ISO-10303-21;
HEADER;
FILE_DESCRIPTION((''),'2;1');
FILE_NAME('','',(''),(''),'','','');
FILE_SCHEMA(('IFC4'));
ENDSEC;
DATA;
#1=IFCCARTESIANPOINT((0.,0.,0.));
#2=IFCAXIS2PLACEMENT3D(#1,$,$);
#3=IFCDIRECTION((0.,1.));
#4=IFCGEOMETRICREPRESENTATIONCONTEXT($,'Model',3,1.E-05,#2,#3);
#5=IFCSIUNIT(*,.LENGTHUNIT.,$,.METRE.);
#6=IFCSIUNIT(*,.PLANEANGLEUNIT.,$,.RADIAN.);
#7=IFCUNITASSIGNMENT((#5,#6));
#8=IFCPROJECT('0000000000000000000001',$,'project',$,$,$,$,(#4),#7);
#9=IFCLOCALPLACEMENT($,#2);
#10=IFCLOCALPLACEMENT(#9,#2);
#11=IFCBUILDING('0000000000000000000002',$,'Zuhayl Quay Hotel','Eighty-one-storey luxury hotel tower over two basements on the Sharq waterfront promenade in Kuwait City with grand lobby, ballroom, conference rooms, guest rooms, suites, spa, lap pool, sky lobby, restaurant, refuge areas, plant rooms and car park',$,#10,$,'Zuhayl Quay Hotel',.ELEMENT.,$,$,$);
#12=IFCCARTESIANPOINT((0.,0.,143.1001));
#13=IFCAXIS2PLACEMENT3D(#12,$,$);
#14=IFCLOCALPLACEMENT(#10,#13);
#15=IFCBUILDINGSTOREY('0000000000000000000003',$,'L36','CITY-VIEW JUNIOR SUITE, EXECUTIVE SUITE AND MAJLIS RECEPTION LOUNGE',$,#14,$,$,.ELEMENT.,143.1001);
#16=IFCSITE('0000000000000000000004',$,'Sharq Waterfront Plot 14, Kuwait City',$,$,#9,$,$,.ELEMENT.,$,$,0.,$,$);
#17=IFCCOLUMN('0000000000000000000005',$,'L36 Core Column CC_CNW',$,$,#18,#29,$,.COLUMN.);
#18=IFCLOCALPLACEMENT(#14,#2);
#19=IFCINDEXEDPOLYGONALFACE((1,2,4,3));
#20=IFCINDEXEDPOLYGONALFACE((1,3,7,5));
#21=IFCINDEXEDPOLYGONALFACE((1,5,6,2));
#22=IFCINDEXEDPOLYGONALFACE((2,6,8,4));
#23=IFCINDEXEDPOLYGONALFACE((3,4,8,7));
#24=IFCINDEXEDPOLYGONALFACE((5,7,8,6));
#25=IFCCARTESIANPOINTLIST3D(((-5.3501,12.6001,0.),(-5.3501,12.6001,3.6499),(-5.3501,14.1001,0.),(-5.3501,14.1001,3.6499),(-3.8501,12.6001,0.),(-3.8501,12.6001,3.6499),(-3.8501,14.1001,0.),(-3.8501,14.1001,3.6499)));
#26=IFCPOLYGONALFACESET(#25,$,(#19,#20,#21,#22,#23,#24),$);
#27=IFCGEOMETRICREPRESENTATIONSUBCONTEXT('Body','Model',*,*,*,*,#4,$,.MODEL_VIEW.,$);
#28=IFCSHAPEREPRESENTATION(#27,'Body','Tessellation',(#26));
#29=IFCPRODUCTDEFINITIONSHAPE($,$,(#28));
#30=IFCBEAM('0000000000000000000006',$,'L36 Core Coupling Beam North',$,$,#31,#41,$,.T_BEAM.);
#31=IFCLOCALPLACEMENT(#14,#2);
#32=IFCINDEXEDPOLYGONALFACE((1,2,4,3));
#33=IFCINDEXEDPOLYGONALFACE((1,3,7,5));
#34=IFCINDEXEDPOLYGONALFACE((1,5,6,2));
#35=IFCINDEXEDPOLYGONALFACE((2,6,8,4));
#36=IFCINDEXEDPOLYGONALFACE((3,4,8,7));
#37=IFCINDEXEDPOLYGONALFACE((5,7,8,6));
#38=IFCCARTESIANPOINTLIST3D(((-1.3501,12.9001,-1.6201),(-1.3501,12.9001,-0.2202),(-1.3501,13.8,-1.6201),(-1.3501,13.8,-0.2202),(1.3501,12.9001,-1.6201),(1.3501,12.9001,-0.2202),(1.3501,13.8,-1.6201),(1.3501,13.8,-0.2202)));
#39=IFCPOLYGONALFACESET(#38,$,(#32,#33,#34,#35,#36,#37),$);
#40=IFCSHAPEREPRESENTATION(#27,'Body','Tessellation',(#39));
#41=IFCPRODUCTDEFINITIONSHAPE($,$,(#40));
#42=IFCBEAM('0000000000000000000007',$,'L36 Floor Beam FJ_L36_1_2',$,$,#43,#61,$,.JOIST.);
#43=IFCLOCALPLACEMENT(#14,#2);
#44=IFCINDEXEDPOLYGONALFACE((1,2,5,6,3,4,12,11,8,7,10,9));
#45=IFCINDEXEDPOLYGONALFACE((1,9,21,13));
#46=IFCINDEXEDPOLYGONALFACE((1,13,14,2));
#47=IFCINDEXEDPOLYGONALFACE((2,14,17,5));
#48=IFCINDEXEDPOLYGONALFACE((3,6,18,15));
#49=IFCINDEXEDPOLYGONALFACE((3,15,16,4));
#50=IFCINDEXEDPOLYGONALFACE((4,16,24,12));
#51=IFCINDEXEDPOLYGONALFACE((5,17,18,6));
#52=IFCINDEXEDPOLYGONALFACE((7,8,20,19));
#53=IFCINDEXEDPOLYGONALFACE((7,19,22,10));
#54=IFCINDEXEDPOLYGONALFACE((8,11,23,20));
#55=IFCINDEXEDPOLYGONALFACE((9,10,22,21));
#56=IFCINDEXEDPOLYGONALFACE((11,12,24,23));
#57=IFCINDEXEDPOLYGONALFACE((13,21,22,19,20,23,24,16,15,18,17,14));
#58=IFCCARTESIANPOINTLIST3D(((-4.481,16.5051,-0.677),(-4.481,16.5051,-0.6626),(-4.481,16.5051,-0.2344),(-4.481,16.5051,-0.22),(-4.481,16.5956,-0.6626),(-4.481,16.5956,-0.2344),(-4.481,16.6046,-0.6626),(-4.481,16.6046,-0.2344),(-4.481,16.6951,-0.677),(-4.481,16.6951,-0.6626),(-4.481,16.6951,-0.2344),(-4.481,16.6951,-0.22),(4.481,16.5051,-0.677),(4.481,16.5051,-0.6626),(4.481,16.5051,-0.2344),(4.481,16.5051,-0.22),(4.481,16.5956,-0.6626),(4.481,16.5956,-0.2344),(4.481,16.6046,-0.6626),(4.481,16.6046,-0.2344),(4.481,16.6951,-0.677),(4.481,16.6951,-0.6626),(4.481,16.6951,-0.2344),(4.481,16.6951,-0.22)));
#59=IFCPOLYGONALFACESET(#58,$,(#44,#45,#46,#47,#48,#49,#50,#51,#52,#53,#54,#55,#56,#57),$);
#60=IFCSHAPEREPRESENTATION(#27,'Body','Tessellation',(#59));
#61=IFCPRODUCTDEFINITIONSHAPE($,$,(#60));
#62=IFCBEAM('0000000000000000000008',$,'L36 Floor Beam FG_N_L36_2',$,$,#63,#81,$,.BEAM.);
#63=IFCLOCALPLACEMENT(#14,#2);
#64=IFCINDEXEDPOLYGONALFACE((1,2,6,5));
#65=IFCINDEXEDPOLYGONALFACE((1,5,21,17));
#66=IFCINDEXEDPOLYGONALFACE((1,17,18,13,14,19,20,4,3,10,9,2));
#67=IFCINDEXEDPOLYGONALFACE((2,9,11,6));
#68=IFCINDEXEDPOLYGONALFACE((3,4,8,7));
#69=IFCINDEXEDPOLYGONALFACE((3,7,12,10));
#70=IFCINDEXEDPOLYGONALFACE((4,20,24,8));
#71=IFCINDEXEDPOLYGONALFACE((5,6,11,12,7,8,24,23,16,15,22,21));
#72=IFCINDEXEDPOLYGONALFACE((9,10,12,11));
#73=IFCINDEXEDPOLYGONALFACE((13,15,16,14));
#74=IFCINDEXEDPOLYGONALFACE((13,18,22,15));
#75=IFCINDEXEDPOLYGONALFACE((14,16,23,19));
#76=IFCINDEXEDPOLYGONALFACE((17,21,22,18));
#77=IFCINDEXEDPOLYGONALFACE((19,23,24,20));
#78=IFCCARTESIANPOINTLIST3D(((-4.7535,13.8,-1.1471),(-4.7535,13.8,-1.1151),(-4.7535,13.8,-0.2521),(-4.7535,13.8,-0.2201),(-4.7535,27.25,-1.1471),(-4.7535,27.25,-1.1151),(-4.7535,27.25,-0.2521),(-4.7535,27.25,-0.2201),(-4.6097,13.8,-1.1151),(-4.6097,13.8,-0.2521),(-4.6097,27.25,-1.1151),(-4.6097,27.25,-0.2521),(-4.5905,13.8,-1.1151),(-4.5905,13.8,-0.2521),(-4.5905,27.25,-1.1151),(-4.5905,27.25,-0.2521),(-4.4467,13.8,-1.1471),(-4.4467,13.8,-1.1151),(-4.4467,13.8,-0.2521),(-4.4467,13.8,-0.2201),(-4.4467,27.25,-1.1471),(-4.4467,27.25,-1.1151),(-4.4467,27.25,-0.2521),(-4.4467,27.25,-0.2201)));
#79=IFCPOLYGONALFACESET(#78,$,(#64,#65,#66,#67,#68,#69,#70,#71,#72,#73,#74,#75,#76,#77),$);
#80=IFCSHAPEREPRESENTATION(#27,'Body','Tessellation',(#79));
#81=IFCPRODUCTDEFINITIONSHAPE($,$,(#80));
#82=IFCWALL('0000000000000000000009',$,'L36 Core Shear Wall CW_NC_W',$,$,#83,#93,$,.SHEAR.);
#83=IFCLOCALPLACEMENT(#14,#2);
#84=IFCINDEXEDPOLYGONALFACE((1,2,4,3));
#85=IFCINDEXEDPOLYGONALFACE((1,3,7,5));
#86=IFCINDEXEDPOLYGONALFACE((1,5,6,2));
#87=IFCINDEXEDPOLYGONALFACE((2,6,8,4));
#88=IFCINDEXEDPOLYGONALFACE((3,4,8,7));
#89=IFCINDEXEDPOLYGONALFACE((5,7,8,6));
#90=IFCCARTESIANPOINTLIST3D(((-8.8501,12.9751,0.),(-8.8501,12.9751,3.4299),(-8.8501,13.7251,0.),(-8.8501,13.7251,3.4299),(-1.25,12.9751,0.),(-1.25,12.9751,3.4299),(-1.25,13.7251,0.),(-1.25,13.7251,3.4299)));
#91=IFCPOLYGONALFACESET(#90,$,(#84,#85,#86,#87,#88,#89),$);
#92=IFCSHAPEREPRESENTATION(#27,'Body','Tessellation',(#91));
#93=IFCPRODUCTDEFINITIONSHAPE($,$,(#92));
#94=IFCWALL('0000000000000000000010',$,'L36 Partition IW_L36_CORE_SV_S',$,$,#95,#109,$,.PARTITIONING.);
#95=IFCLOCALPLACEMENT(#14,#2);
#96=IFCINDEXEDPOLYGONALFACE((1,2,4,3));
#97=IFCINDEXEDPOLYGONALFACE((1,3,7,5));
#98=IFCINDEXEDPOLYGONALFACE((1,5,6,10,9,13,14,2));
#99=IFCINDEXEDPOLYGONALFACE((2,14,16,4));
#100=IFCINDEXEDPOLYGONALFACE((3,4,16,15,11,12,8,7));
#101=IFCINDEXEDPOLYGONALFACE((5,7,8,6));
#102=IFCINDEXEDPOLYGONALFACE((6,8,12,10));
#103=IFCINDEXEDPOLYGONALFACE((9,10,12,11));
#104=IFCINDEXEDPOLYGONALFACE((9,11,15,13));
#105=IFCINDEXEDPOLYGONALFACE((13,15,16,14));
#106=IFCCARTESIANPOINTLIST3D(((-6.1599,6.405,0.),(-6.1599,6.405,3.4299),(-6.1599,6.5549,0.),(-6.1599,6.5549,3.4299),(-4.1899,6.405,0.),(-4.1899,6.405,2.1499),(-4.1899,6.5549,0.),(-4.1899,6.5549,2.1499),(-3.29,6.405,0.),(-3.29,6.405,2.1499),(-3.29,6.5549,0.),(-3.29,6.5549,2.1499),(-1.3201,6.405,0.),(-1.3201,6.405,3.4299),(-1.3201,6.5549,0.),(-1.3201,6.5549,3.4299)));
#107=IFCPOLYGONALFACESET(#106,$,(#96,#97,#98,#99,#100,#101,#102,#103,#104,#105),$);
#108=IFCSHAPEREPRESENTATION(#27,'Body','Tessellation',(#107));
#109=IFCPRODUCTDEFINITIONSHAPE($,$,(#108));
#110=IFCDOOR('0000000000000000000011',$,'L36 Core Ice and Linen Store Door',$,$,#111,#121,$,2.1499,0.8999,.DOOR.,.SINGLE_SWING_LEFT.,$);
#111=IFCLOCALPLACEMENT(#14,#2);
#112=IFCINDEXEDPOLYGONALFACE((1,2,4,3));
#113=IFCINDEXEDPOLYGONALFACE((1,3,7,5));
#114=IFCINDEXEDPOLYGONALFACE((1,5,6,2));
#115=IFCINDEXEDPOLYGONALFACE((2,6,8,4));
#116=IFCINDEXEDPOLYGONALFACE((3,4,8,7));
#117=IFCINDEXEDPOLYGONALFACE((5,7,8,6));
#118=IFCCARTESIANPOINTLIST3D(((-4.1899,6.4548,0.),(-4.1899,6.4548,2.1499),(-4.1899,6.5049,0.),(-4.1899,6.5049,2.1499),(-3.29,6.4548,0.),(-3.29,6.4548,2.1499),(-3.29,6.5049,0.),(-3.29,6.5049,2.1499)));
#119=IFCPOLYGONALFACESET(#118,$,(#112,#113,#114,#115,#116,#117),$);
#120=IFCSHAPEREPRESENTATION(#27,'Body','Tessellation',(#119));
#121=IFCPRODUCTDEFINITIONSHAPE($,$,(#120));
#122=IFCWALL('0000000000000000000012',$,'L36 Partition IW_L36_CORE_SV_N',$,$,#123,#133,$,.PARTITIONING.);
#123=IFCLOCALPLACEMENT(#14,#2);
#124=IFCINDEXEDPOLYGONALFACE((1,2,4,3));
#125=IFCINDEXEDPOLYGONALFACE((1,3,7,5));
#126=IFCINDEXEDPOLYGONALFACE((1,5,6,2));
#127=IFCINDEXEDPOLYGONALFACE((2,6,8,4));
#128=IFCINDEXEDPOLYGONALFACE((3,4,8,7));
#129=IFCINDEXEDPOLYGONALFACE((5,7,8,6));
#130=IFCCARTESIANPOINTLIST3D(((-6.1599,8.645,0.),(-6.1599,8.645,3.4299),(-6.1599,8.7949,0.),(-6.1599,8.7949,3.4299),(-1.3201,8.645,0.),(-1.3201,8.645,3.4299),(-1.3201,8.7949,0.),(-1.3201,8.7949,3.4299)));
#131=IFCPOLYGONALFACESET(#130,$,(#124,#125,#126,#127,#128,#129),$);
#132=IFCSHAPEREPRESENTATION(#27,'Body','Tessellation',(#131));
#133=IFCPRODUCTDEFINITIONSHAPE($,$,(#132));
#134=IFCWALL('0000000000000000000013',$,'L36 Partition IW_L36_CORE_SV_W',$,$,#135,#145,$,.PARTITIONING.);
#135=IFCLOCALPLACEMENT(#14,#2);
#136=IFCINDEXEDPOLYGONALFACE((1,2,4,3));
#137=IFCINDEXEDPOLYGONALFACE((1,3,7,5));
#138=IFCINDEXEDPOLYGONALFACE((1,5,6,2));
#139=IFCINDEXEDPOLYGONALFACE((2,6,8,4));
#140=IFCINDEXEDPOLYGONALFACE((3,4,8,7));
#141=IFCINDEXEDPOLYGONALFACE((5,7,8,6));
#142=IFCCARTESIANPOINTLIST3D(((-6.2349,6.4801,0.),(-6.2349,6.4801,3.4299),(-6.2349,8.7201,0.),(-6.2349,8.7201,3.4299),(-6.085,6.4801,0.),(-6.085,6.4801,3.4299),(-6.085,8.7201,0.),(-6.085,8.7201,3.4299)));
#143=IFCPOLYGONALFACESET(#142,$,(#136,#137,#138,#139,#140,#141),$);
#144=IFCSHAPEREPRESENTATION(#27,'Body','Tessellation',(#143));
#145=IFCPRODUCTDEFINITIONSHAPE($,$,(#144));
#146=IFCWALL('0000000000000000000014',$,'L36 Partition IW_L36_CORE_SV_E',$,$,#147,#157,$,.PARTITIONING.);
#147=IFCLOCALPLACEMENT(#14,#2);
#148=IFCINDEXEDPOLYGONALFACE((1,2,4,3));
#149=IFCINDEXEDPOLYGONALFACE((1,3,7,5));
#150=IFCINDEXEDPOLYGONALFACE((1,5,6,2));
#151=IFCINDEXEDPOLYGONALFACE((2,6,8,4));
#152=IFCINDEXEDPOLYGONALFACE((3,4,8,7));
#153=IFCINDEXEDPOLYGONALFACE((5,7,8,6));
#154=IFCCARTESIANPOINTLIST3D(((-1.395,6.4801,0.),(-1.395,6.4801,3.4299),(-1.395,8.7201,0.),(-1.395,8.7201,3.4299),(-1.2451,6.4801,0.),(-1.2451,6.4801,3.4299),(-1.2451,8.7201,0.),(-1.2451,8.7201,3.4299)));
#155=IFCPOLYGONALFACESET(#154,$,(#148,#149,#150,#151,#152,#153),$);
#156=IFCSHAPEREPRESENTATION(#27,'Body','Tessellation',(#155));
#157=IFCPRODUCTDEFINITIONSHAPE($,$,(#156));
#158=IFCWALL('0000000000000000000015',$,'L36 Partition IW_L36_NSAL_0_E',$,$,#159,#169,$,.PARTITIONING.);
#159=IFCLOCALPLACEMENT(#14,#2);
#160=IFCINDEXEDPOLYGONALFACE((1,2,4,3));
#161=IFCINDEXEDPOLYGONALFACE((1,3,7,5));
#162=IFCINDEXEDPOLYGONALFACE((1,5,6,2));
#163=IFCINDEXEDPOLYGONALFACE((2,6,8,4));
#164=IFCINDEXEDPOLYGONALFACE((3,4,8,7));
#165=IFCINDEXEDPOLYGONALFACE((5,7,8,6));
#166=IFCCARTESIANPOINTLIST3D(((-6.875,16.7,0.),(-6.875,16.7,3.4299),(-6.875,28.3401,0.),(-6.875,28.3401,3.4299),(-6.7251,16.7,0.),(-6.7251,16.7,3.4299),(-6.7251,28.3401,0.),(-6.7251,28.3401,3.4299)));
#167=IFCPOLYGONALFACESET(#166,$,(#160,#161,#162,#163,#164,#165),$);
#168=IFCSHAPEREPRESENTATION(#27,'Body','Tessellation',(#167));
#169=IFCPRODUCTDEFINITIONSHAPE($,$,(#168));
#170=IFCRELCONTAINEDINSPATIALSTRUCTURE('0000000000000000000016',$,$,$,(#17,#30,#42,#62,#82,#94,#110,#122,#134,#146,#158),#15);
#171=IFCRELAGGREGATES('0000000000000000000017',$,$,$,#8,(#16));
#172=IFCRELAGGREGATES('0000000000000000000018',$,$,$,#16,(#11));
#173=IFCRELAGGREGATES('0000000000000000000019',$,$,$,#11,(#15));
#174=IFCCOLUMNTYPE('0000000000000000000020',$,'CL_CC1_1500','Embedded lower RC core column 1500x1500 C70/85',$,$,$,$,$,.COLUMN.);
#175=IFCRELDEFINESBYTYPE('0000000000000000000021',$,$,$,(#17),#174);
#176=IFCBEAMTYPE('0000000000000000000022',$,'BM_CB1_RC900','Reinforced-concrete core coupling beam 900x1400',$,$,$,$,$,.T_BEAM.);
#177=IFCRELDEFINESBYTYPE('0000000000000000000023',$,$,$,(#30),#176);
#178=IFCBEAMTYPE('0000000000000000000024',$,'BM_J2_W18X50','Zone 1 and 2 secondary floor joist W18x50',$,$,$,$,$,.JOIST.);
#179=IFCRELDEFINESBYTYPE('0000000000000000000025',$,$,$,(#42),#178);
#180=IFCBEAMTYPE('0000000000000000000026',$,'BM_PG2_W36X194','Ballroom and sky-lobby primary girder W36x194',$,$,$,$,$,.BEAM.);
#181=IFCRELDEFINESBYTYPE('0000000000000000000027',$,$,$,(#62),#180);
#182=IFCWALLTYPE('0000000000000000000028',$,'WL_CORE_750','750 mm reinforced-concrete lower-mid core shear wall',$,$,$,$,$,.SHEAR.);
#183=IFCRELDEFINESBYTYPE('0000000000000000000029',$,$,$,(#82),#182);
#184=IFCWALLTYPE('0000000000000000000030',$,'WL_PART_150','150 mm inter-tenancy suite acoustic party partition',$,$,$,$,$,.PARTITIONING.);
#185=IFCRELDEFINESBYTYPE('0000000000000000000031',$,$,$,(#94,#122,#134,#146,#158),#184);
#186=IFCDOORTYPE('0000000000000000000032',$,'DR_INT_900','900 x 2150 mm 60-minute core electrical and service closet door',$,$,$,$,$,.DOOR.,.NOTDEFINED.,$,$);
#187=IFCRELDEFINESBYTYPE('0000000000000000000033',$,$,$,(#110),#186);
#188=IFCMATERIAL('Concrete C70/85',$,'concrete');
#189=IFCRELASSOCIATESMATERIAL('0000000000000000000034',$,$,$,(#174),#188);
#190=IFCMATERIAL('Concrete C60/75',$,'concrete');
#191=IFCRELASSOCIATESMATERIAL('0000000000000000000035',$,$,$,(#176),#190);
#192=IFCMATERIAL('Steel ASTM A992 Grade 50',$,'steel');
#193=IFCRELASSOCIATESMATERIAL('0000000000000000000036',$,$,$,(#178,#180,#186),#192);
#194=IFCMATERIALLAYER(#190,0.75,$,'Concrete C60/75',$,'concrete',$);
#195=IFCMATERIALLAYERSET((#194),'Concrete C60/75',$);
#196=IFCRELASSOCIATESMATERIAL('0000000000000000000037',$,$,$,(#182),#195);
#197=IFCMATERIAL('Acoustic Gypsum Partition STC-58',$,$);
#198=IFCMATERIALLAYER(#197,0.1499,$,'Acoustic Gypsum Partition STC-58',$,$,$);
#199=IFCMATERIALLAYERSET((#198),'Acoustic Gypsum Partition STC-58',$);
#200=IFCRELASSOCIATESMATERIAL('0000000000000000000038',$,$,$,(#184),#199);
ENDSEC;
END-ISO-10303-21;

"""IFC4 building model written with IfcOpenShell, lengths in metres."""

from ifc_helpers import new_model, si_unit, direction, frame, frame_2d, origin, origin_2d, place, context, subcontext, project, spatial, rectangle, i_section, extrude, material, layer, layer_set, material_profile, profile_set, type_object, element, fill, save


model = new_model("IFC4")

# Units and contexts
model_context = context("Model", 3, precision=1e-05, world=origin(), true_north=direction((0.0, 1.0)))
body_context = subcontext(model_context, "Body", "Model", "MODEL_VIEW")
ifc_project = project(units=[si_unit("LENGTHUNIT", "METRE"), si_unit("PLANEANGLEUNIT", "RADIAN")], contexts=[model_context])

# Site, building, storey
site_placement = place(None, origin())
site = spatial("IfcSite", under=ifc_project, at=site_placement, Name="Sharq Waterfront Plot 14, Kuwait City", CompositionType="ELEMENT", RefElevation=0.0)
building_placement = place(site_placement, origin())
building = spatial("IfcBuilding", under=site, at=building_placement, Name="Zuhayl Quay Hotel", Description="Eighty-one-storey luxury hotel tower over two basements on the Sharq waterfront promenade in Kuwait City with grand lobby, ballroom, conference rooms, guest rooms, suites, spa, lap pool, sky lobby, restaurant, refuge areas, plant rooms and car park", LongName="Zuhayl Quay Hotel", CompositionType="ELEMENT")
storey_placement = place(building_placement, frame((0.0, 0.0, 143.1001)))
storey = spatial("IfcBuildingStorey", under=building, at=storey_placement, Name="L36", Description="CITY-VIEW JUNIOR SUITE, EXECUTIVE SUITE AND MAJLIS RECEPTION LOUNGE", CompositionType="ELEMENT", Elevation=143.1001)

# Column
ifc_material_1 = material(Name="Concrete C70/85", Category="concrete")
ifc_material_profile_1 = material_profile(ifc_material_1, rectangle(XDim=1.5, YDim=1.5, at=origin_2d()), Name="RC1500X1500")
ifc_profile_set_1 = profile_set([ifc_material_profile_1], Name="Concrete C70/85")
column_type = type_object("IfcColumnType", Name="CL_CC1_1500", Description="Embedded lower RC core column 1500x1500 C70/85", PredefinedType="COLUMN", material=ifc_profile_set_1)
column_placement = place(storey_placement, frame((-4.6001, 13.3501, 0.0), z_axis=(0.0, 0.0, 1.0), x_axis=(1.0, 0.0, 0.0)))
element("IfcColumn", 1, at=column_placement, inside=storey, type_object=column_type, Name="L36 Core Column CC_CNW", PredefinedType="COLUMN", context=body_context, shape_type="SweptSolid", body=[
    extrude(rectangle(XDim=1.5, YDim=1.5, at=origin_2d()), origin(), (0.0, 0.0, 1.0), 3.6499),
])

# Beams
ifc_material_2 = material(Name="Concrete C60/75", Category="concrete")
ifc_material_profile_2 = material_profile(ifc_material_2, rectangle(XDim=0.8999, YDim=1.3999, at=origin_2d()), Name="RC900X1400")
ifc_profile_set_2 = profile_set([ifc_material_profile_2], Name="Concrete C60/75")
beam_type_1 = type_object("IfcBeamType", Name="BM_CB1_RC900", Description="Reinforced-concrete core coupling beam 900x1400", PredefinedType="T_BEAM", material=ifc_profile_set_2)
beam_1_placement = place(storey_placement, frame((-1.3501, 13.3501, -0.9202), z_axis=(1.0, 0.0, 0.0), x_axis=(0.0, 1.0, 0.0)))
element("IfcBeam", 2, at=beam_1_placement, inside=storey, type_object=beam_type_1, Name="L36 Core Coupling Beam North", PredefinedType="T_BEAM", context=body_context, shape_type="SweptSolid", body=[
    extrude(rectangle(XDim=0.8999, YDim=1.3999, at=origin_2d()), origin(), (0.0, 0.0, 1.0), 2.7002),
])
ifc_material_3 = material(Name="Steel ASTM A992 Grade 50", Category="steel")
ifc_material_profile_3 = material_profile(ifc_material_3, i_section(OverallWidth=0.1899, OverallDepth=0.457, WebThickness=0.009, FlangeThickness=0.0144, at=origin_2d()), Name="W18X50")
ifc_profile_set_3 = profile_set([ifc_material_profile_3], Name="Steel ASTM A992 Grade 50")
beam_type_2 = type_object("IfcBeamType", Name="BM_J2_W18X50", Description="Zone 1 and 2 secondary floor joist W18x50", PredefinedType="JOIST", material=ifc_profile_set_3)
beam_2_placement = place(storey_placement, frame((-4.481, 16.6001, -0.4485), z_axis=(1.0, 0.0, 0.0), x_axis=(0.0, 1.0, 0.0)))
element("IfcBeam", 3, at=beam_2_placement, inside=storey, type_object=beam_type_2, Name="L36 Floor Beam FJ_L36_1_2", PredefinedType="JOIST", context=body_context, shape_type="SweptSolid", body=[
    extrude(i_section(OverallWidth=0.1899, OverallDepth=0.457, WebThickness=0.009, FlangeThickness=0.0144, at=origin_2d()), origin(), (0.0, 0.0, 1.0), 8.9619),
])
ifc_material_profile_4 = material_profile(ifc_material_3, i_section(OverallWidth=0.3069, OverallDepth=0.927, WebThickness=0.0193, FlangeThickness=0.032, at=origin_2d()), Name="W36X194")
ifc_profile_set_4 = profile_set([ifc_material_profile_4], Name="Steel ASTM A992 Grade 50")
beam_type_3 = type_object("IfcBeamType", Name="BM_PG2_W36X194", Description="Ballroom and sky-lobby primary girder W36x194", PredefinedType="BEAM", material=ifc_profile_set_4)
beam_3_placement = place(storey_placement, frame((-4.6001, 13.8, -0.6836), z_axis=(0.0, 1.0, 0.0), x_axis=(-1.0, 0.0, 0.0)))
element("IfcBeam", 4, at=beam_3_placement, inside=storey, type_object=beam_type_3, Name="L36 Floor Beam FG_N_L36_2", PredefinedType="BEAM", context=body_context, shape_type="SweptSolid", body=[
    extrude(i_section(OverallWidth=0.3069, OverallDepth=0.927, WebThickness=0.0193, FlangeThickness=0.032, at=origin_2d()), origin(), (0.0, 0.0, 1.0), 13.45),
])

# Wall
ifc_layer_1 = layer(ifc_material_2, 0.75, Name="Concrete C60/75", Category="concrete")
ifc_layer_set_1 = layer_set([ifc_layer_1], Name="Concrete C60/75")
wall_type_1 = type_object("IfcWallType", Name="WL_CORE_750", Description="750 mm reinforced-concrete lower-mid core shear wall", PredefinedType="SHEAR", material=ifc_layer_set_1)
wall_1_placement = place(storey_placement, frame((-8.8501, 13.3501, 0.0), z_axis=(0.0, 0.0, 1.0), x_axis=(1.0, 0.0, 0.0)))
element("IfcWall", 5, at=wall_1_placement, inside=storey, type_object=wall_type_1, Name="L36 Core Shear Wall CW_NC_W", PredefinedType="SHEAR", context=body_context, shape_type="SweptSolid", body=[
    extrude(rectangle(XDim=7.6001, YDim=0.75, at=frame_2d((3.8, 0.0))), origin(), (0.0, 0.0, 1.0), 3.4299),
])

# Wall, opening, door
ifc_material_4 = material(Name="Acoustic Gypsum Partition STC-58")
ifc_layer_2 = layer(ifc_material_4, 0.1499, Name="Acoustic Gypsum Partition STC-58")
ifc_layer_set_2 = layer_set([ifc_layer_2], Name="Acoustic Gypsum Partition STC-58")
wall_type_2 = type_object("IfcWallType", Name="WL_PART_150", Description="150 mm inter-tenancy suite acoustic party partition", PredefinedType="PARTITIONING", material=ifc_layer_set_2)
wall_2_placement = place(storey_placement, frame((-6.1599, 6.48, 0.0), z_axis=(0.0, 0.0, 1.0), x_axis=(1.0, 0.0, 0.0)))
wall_2 = element("IfcWall", 6, at=wall_2_placement, inside=storey, type_object=wall_type_2, Name="L36 Partition IW_L36_CORE_SV_S", PredefinedType="PARTITIONING", context=body_context, shape_type="SweptSolid", body=[
    extrude(rectangle(XDim=4.8398, YDim=0.1499, at=frame_2d((2.4199, 0.0))), origin(), (0.0, 0.0, 1.0), 3.4299),
])
opening_1_placement = place(wall_2_placement, frame((1.97, 0.0, 0.0)))
opening_1 = element("IfcOpeningElement", 7, at=opening_1_placement, cuts=wall_2, PredefinedType="OPENING", context=body_context, shape_type="SweptSolid", body=[
    extrude(rectangle(XDim=0.8999, YDim=2.1499, at=frame_2d((0.45, 1.075))), frame((0.0, 0.085, 0.0), z_axis=(0.0, -1.0, 0.0), x_axis=(1.0, 0.0, 0.0)), (0.0, 0.0, 1.0), 0.1699),
])
door_type_1 = type_object("IfcDoorType", Name="DR_INT_900", Description="900 x 2150 mm 60-minute core electrical and service closet door", OperationType="NOTDEFINED", PredefinedType="DOOR", material=ifc_material_3)
door_1_placement = place(opening_1_placement, origin())
door_1 = element("IfcDoor", 8, at=door_1_placement, inside=storey, type_object=door_type_1, Name="L36 Core Ice and Linen Store Door", OperationType="SINGLE_SWING_LEFT", OverallHeight=2.1499, OverallWidth=0.8999, PredefinedType="DOOR", context=body_context, shape_type="SweptSolid", body=[
    extrude(rectangle(XDim=0.8999, YDim=2.1499, at=frame_2d((0.45, 1.075))), frame((0.0, 0.0249, 0.0), z_axis=(0.0, -1.0, 0.0), x_axis=(1.0, 0.0, 0.0)), (0.0, 0.0, 1.0), 0.05),
])
fill(opening_1, door_1)

# Walls
wall_3_placement = place(storey_placement, frame((-6.1599, 8.72, 0.0), z_axis=(0.0, 0.0, 1.0), x_axis=(1.0, 0.0, 0.0)))
element("IfcWall", 9, at=wall_3_placement, inside=storey, type_object=wall_type_2, Name="L36 Partition IW_L36_CORE_SV_N", PredefinedType="PARTITIONING", context=body_context, shape_type="SweptSolid", body=[
    extrude(rectangle(XDim=4.8398, YDim=0.1499, at=frame_2d((2.4199, 0.0))), origin(), (0.0, 0.0, 1.0), 3.4299),
])
for number, where, z_axis, x_axis, name in (
    (10, (-6.1599, 6.48, 0.0), (0.0, 0.0, 1.0), (0.0, 1.0, 0.0), "L36 Partition IW_L36_CORE_SV_W"),
    (11, (-1.3201, 6.48, 0.0), (0.0, 0.0, 1.0), (0.0, 1.0, 0.0), "L36 Partition IW_L36_CORE_SV_E"),
):
    element("IfcWall", number, at=place(storey_placement, frame(where, z_axis=z_axis, x_axis=x_axis)), inside=storey, type_object=wall_type_2, Name=name, PredefinedType="PARTITIONING", context=body_context, shape_type="SweptSolid", body=[
        extrude(rectangle(XDim=2.24, YDim=0.1499, at=frame_2d((1.1201, 0.0))), origin(), (0.0, 0.0, 1.0), 3.4299),
    ])
wall_4_placement = place(storey_placement, frame((-6.8, 16.7, 0.0), z_axis=(0.0, 0.0, 1.0), x_axis=(0.0, 1.0, 0.0)))
element("IfcWall", 12, at=wall_4_placement, inside=storey, type_object=wall_type_2, Name="L36 Partition IW_L36_NSAL_0_E", PredefinedType="PARTITIONING", context=body_context, shape_type="SweptSolid", body=[
    extrude(rectangle(XDim=11.6401, YDim=0.1499, at=frame_2d((5.8201, 0.0))), origin(), (0.0, 0.0, 1.0), 3.4299),
])

save(model, "model.ifc")
